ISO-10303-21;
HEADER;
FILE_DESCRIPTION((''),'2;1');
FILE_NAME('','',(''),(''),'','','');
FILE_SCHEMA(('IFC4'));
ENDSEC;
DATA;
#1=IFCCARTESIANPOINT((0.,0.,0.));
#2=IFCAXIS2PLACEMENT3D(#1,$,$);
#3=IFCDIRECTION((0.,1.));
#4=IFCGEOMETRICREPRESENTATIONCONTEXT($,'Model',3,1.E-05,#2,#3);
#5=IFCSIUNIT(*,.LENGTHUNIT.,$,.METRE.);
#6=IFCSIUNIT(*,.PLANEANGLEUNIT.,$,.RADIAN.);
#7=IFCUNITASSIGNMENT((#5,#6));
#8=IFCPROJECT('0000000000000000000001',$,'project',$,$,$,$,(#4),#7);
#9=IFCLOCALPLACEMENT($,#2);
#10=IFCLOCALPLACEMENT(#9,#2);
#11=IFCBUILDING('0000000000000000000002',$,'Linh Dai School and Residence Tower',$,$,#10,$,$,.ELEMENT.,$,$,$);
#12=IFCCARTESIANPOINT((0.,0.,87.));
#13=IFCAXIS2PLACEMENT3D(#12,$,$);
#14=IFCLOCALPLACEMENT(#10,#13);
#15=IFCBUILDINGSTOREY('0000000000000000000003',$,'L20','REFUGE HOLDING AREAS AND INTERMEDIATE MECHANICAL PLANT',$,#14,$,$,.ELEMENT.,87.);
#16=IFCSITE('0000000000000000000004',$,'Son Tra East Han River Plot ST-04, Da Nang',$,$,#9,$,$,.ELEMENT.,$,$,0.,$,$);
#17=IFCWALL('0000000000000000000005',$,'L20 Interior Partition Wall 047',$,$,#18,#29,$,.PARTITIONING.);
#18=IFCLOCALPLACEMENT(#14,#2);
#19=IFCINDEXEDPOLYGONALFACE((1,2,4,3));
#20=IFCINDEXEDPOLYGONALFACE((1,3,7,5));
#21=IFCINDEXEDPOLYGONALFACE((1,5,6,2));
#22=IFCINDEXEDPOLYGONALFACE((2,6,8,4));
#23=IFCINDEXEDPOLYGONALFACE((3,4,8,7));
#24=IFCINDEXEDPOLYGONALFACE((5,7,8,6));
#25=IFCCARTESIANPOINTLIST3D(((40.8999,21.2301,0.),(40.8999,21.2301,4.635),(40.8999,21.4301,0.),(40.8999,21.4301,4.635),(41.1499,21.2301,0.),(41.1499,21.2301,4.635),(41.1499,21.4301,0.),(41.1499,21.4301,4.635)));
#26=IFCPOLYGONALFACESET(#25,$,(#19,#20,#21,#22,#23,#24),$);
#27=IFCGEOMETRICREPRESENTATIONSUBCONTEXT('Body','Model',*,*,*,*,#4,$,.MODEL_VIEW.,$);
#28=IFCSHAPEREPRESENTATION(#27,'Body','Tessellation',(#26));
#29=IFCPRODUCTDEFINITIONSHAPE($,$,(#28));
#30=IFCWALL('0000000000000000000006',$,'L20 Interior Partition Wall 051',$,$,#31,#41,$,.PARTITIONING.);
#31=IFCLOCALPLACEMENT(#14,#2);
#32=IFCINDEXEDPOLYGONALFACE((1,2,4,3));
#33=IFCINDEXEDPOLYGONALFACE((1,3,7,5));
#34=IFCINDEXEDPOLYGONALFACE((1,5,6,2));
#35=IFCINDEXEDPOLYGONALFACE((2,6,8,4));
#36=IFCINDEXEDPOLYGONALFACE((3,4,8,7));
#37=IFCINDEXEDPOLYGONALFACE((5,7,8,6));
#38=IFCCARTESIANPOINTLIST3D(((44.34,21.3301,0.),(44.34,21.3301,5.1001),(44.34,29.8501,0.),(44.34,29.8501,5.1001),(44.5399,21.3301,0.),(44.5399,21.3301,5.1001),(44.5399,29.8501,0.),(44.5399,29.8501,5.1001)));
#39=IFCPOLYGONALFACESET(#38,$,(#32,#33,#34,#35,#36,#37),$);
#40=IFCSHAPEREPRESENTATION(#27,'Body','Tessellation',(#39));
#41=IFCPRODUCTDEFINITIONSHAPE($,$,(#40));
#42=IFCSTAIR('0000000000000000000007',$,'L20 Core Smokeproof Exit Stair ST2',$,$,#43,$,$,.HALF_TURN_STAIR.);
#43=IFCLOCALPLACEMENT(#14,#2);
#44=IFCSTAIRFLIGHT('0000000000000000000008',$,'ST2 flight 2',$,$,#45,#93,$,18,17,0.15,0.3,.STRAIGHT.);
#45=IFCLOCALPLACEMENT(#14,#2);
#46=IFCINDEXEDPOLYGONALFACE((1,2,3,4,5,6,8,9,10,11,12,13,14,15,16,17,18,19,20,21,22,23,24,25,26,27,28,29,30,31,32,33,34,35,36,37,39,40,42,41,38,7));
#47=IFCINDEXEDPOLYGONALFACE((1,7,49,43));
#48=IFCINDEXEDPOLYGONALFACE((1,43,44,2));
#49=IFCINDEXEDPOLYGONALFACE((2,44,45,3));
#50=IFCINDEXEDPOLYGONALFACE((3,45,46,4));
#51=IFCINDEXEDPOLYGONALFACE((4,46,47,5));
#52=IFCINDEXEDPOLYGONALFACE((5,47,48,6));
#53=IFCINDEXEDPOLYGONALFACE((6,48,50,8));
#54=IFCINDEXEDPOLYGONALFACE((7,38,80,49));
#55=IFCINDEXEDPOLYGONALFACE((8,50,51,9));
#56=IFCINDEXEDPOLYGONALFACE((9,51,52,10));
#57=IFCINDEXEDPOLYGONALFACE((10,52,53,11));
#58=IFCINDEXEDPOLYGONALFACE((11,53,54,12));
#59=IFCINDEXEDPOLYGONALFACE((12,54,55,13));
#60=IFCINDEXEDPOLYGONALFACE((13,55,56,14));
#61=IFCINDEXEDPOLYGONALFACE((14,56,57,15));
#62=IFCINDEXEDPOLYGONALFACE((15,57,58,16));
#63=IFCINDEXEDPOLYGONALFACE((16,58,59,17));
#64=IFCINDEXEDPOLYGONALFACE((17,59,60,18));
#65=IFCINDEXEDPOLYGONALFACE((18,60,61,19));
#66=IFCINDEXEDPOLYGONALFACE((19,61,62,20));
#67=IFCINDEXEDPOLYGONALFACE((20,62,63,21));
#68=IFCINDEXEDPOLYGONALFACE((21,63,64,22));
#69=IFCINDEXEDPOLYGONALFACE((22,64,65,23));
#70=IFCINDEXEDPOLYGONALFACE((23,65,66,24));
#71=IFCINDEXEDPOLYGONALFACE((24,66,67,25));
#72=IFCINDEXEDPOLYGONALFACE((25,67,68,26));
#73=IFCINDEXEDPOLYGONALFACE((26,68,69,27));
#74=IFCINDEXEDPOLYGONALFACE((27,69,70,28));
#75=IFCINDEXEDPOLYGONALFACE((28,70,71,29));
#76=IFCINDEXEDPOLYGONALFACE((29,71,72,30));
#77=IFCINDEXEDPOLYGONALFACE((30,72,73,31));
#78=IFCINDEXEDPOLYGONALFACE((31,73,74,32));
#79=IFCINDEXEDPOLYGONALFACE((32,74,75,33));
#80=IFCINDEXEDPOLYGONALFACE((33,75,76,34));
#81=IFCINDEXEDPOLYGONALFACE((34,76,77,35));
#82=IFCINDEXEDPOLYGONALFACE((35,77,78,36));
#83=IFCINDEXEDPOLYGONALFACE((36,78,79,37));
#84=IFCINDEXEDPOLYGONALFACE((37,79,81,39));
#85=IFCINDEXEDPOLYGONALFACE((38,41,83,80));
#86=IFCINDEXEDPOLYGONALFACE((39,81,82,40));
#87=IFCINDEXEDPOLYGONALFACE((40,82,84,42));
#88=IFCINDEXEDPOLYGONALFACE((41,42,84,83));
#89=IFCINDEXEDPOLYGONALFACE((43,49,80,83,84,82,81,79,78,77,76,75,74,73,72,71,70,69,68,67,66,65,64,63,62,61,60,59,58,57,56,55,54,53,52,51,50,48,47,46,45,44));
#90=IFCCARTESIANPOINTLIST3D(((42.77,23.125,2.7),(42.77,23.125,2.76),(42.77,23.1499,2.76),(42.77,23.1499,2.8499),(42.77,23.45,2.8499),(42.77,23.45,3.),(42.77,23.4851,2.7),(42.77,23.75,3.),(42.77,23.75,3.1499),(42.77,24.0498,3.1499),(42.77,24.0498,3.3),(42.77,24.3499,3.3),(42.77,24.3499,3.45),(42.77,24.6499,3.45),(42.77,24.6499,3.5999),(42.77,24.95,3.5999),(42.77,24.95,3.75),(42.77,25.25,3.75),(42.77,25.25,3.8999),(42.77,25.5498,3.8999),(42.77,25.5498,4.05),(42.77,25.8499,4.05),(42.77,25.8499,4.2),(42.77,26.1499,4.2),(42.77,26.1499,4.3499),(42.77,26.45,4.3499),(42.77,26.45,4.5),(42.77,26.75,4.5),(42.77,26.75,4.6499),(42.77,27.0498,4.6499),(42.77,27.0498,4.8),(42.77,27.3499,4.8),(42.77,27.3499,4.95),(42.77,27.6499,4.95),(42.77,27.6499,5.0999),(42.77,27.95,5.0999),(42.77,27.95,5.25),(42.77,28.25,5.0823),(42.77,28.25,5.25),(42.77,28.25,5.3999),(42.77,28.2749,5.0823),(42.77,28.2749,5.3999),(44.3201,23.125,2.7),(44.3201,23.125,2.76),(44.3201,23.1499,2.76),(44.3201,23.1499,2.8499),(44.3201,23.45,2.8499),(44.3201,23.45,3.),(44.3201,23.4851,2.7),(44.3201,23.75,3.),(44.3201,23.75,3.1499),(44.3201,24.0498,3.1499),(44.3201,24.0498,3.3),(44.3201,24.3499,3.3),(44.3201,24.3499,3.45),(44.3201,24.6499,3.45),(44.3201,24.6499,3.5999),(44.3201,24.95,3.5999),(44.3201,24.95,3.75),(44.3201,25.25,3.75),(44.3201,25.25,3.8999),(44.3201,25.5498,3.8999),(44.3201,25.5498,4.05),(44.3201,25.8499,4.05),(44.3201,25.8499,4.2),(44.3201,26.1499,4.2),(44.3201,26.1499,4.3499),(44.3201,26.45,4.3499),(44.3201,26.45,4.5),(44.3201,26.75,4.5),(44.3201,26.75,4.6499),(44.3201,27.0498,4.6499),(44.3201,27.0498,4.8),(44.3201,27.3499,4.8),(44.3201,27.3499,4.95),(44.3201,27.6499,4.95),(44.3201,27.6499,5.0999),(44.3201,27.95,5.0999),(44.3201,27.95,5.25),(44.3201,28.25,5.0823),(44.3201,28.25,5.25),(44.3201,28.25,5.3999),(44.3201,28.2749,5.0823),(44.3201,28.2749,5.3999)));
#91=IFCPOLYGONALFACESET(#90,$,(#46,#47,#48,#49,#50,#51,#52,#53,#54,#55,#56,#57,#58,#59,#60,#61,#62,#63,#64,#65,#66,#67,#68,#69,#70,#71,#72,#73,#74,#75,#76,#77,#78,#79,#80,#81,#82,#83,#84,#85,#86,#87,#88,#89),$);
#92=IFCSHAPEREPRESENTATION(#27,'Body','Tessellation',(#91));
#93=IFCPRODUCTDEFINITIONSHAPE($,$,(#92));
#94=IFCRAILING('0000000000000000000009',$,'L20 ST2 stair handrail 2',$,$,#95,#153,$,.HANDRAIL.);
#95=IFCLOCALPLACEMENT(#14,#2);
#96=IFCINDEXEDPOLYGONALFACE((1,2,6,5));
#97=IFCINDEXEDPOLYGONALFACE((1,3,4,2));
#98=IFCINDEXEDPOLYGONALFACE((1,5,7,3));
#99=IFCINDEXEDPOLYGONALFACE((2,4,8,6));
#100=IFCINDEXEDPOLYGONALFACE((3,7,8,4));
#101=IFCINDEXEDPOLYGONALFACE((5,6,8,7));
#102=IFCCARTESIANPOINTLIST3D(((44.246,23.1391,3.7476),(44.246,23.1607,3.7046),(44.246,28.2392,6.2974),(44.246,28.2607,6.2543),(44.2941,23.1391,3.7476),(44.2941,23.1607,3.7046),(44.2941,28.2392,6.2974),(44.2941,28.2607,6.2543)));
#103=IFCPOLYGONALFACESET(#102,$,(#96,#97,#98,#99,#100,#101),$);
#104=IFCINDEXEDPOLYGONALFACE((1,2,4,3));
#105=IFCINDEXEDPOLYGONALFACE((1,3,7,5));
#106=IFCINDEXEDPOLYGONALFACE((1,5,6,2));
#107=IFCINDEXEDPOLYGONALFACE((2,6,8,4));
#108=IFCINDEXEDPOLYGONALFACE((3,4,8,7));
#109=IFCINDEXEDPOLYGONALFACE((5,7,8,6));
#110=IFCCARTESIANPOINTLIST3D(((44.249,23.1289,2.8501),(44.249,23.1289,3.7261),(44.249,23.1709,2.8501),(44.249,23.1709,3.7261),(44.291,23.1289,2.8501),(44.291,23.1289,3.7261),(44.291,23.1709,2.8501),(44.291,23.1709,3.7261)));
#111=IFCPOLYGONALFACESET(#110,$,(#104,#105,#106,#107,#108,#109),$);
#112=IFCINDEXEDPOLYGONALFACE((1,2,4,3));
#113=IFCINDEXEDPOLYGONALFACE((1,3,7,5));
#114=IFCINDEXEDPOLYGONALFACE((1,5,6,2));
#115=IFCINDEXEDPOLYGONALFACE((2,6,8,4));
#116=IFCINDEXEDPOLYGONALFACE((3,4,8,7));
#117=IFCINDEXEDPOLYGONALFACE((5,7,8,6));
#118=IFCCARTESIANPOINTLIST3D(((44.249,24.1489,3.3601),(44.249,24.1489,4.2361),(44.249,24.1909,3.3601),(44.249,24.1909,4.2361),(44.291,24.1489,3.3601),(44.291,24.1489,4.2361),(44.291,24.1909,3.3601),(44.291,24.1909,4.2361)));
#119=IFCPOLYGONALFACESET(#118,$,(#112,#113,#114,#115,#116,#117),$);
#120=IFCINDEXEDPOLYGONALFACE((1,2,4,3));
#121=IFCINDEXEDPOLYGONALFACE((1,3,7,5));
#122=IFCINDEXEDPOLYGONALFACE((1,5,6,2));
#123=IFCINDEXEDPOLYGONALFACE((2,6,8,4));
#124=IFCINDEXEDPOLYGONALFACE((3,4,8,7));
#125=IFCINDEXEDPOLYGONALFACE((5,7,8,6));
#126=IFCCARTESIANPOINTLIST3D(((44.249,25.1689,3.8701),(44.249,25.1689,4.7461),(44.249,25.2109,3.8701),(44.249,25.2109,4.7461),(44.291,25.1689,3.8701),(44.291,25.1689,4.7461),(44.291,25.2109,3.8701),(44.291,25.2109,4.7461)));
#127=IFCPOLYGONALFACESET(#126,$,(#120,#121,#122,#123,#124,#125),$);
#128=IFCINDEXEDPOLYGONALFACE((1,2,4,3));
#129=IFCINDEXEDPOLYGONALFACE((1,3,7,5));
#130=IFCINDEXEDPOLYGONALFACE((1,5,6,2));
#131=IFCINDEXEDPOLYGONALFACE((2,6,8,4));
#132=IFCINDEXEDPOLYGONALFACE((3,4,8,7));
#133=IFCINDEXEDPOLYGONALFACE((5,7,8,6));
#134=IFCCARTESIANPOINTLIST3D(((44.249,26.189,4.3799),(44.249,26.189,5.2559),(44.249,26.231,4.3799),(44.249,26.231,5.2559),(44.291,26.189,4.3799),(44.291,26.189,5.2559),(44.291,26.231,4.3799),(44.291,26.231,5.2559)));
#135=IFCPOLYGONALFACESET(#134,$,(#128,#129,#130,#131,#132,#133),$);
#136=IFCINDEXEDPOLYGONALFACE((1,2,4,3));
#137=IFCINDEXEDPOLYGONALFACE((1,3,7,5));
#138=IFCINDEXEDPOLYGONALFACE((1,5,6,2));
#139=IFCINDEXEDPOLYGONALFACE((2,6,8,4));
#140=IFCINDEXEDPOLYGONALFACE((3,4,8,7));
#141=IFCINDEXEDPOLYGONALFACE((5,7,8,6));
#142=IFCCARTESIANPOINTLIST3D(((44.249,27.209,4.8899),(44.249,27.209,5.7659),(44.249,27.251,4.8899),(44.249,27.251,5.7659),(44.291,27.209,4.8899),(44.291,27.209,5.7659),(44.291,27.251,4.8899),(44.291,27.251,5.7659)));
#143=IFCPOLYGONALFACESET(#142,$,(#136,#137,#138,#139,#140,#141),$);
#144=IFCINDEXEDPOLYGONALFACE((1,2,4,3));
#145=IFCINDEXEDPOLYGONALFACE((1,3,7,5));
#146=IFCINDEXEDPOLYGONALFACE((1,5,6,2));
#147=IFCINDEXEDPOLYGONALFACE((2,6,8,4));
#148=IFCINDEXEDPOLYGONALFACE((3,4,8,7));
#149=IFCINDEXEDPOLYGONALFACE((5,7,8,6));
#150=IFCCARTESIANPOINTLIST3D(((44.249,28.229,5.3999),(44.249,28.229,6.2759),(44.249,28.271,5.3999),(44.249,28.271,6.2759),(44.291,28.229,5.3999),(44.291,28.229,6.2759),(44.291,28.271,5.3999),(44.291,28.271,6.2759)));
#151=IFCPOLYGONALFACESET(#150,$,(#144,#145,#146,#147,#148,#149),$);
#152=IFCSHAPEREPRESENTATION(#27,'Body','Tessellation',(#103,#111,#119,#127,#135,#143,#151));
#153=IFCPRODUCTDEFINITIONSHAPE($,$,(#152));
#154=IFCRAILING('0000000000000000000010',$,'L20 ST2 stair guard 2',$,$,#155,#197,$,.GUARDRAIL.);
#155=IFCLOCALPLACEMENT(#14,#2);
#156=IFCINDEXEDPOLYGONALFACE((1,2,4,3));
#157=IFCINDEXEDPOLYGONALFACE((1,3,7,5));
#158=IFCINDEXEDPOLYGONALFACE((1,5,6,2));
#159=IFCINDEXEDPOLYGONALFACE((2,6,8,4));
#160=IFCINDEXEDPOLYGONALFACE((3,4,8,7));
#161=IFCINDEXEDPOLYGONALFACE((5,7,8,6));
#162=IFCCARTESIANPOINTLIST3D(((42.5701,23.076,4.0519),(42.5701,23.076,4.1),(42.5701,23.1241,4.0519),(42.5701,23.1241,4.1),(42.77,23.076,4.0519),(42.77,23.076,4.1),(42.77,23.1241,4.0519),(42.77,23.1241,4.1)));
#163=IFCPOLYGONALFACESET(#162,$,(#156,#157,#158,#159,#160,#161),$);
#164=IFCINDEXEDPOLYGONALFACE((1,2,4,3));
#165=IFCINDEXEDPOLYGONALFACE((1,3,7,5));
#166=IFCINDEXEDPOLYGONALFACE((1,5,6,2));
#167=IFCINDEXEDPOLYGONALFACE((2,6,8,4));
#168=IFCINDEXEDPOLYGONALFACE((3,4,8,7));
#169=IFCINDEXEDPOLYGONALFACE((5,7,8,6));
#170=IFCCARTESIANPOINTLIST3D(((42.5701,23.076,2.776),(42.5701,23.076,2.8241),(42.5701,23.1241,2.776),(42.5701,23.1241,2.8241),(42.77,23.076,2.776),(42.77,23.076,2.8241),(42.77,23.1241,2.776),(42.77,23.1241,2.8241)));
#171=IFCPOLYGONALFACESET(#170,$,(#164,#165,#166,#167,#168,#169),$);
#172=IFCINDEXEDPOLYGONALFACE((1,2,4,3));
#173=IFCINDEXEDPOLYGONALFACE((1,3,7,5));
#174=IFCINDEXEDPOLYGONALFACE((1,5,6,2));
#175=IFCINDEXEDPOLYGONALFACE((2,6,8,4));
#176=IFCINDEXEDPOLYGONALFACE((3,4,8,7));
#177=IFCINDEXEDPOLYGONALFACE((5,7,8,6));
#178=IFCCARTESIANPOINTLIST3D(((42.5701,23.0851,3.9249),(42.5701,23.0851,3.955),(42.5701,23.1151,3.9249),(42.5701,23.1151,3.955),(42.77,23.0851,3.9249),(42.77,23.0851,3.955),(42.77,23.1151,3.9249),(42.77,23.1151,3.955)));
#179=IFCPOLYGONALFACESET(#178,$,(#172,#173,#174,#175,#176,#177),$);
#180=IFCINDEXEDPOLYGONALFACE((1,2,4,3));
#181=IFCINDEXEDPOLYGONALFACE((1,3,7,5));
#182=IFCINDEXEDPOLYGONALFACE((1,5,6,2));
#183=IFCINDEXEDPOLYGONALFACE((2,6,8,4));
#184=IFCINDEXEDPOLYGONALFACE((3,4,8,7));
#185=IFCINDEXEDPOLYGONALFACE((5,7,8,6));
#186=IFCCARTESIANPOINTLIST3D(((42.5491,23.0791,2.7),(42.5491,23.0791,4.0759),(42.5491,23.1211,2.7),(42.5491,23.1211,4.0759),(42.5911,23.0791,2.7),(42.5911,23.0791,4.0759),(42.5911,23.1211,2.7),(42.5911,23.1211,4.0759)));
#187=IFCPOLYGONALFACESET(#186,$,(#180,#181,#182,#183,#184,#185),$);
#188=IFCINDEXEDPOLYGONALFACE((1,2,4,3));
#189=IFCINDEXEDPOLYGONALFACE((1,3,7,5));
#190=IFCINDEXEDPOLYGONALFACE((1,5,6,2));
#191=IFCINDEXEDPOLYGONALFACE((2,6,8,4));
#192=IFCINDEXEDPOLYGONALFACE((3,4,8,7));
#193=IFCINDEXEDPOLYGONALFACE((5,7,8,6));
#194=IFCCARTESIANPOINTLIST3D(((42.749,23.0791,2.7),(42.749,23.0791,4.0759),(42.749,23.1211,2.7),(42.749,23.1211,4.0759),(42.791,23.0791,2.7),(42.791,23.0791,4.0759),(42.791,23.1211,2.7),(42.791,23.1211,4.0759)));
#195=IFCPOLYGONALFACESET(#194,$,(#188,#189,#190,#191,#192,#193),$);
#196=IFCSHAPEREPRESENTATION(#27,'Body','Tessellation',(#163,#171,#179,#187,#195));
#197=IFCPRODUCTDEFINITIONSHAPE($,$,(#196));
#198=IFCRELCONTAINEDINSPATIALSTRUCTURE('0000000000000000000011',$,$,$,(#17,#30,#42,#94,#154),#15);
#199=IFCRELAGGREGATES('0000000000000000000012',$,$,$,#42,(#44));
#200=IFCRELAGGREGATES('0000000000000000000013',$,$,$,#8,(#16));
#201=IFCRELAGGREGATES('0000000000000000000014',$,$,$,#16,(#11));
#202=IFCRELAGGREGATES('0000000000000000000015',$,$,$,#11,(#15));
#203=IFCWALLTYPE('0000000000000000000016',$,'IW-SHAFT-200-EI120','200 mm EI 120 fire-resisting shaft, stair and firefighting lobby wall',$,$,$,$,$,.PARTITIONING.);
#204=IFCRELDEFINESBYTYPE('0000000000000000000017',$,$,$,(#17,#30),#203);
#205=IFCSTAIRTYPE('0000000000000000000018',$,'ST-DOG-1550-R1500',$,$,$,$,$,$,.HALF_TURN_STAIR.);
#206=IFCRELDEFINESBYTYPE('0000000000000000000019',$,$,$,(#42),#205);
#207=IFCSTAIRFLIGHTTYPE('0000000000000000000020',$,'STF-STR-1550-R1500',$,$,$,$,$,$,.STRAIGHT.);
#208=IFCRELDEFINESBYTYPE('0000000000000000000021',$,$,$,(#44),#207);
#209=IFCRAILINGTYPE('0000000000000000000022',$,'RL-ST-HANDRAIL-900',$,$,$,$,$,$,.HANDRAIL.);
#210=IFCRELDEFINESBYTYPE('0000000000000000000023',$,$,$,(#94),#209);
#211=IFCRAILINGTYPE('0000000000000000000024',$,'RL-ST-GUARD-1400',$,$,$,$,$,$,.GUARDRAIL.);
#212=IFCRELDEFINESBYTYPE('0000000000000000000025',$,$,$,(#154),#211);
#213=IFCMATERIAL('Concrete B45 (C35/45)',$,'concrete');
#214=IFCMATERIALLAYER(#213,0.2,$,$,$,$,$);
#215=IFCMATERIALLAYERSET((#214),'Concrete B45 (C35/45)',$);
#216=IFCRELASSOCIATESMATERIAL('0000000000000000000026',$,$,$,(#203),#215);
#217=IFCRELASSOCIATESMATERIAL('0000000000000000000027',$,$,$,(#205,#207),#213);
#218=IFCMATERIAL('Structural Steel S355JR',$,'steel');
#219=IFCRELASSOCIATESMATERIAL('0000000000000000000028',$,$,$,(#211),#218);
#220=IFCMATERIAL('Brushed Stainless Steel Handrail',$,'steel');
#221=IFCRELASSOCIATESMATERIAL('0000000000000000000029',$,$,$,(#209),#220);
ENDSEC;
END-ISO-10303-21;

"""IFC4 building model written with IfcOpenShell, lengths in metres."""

from ifc_helpers import new_model, si_unit, direction, frame, frame_2d, origin, origin_2d, place, context, subcontext, project, spatial, polyline, rectangle, outline, extrude, source, transform, mapped, material, layer, layer_set, type_object, element, aggregate, save


model = new_model("IFC4")

# Units and contexts
model_context = context("Model", 3, precision=1e-05, world=origin(), true_north=direction((0.0, 1.0)))
body_context = subcontext(model_context, "Body", "Model", "MODEL_VIEW")
ifc_project = project(units=[si_unit("LENGTHUNIT", "METRE"), si_unit("PLANEANGLEUNIT", "RADIAN")], contexts=[model_context])

# Site, building, storey
site_placement = place(None, origin())
site = spatial("IfcSite", under=ifc_project, at=site_placement, Name="Son Tra East Han River Plot ST-04, Da Nang", CompositionType="ELEMENT", RefElevation=0.0)
building_placement = place(site_placement, origin())
building = spatial("IfcBuilding", under=site, at=building_placement, Name="Linh Dai School and Residence Tower", CompositionType="ELEMENT")
storey_placement = place(building_placement, frame((0.0, 0.0, 87.0)))
storey = spatial("IfcBuildingStorey", under=building, at=storey_placement, Name="L20", Description="REFUGE HOLDING AREAS AND INTERMEDIATE MECHANICAL PLANT", CompositionType="ELEMENT", Elevation=87.0)

# Shared definitions
ifc_material_1 = material(Name="Structural Steel S355JR", Category="steel")

# Walls
ifc_material_2 = material(Name="Concrete B45 (C35/45)", Category="concrete")
ifc_layer_1 = layer(ifc_material_2, 0.2)
ifc_layer_set_1 = layer_set([ifc_layer_1], Name="Concrete B45 (C35/45)")
wall_type_1 = type_object("IfcWallType", Name="IW-SHAFT-200-EI120", Description="200 mm EI 120 fire-resisting shaft, stair and firefighting lobby wall", PredefinedType="PARTITIONING", material=ifc_layer_set_1)
wall_1_placement = place(storey_placement, frame((40.8999, 21.3301, 0.0), z_axis=(0.0, 0.0, 1.0), x_axis=(1.0, 0.0, 0.0)))
element("IfcWall", 1, at=wall_1_placement, inside=storey, type_object=wall_type_1, Name="L20 Interior Partition Wall 047", PredefinedType="PARTITIONING", context=body_context, shape_type="SweptSolid", body=[
    extrude(rectangle(XDim=0.25, YDim=0.2, at=frame_2d((0.125, 0.0))), origin(), (0.0, 0.0, 1.0), 4.635),
])
wall_2_placement = place(storey_placement, frame((44.4399, 21.3301, 0.0), z_axis=(0.0, 0.0, 1.0), x_axis=(0.0, 1.0, 0.0)))
element("IfcWall", 2, at=wall_2_placement, inside=storey, type_object=wall_type_1, Name="L20 Interior Partition Wall 051", PredefinedType="PARTITIONING", context=body_context, shape_type="SweptSolid", body=[
    extrude(rectangle(XDim=8.52, YDim=0.2, at=frame_2d((4.26, 0.0))), origin(), (0.0, 0.0, 1.0), 5.1001),
])

# Stair, stair flight
stair_type = type_object("IfcStairType", Name="ST-DOG-1550-R1500", PredefinedType="HALF_TURN_STAIR", material=ifc_material_2)
stair_placement = place(storey_placement, origin())
stair = element("IfcStair", 3, at=stair_placement, inside=storey, type_object=stair_type, Name="L20 Core Smokeproof Exit Stair ST2", PredefinedType="HALF_TURN_STAIR")
stair_flight_type = type_object("IfcStairFlightType", Name="STF-STR-1550-R1500", PredefinedType="STRAIGHT", material=ifc_material_2)
shared_shape_1 = source(origin(), body_context, "Body", "SweptSolid", [
    extrude(outline(polyline([(-0.0249, 0.0), (-0.0249, 0.0601), (0.0, 0.0601), (0.0, 0.1499), (0.3, 0.1499), (0.3, 0.3), (0.6001, 0.3), (0.6001, 0.45), (0.8999, 0.45), (0.8999, 0.6001), (1.2, 0.6001), (1.2, 0.75), (1.5, 0.75), (1.5, 0.8999), (1.8, 0.8999), (1.8, 1.05), (2.1001, 1.05), (2.1001, 1.2), (2.3999, 1.2), (2.3999, 1.3501), (2.7, 1.3501), (2.7, 1.5), (3.0, 1.5), (3.0, 1.6499), (3.3, 1.6499), (3.3, 1.8), (3.6001, 1.8), (3.6001, 1.95), (3.8999, 1.95), (3.8999, 2.1001), (4.2, 2.1001), (4.2, 2.25), (4.5, 2.25), (4.5, 2.3999), (4.8, 2.3999), (4.8, 2.55), (5.1001, 2.55), (5.1001, 2.7), (5.125, 2.7), (5.125, 2.3823), (5.1001, 2.3823), (0.3352, 0.0), (-0.0249, 0.0)])), frame((0.0, 0.7749, 0.0), z_axis=(0.0, -1.0, 0.0), x_axis=(1.0, 0.0, 0.0)), (0.0, 0.0, 1.0), 1.55),
])
stair_flight_placement = place(storey_placement, frame((43.5449, 23.1499, 2.7), z_axis=(0.0, 0.0, 1.0), x_axis=(0.0, 1.0, 0.0)))
stair_flight = element("IfcStairFlight", 4, at=stair_flight_placement, type_object=stair_flight_type, Name="ST2 flight 2", NumberOfRisers=18, NumberOfTreads=17, PredefinedType="STRAIGHT", RiserHeight=0.15, TreadLength=0.3, context=body_context, shape_type="MappedRepresentation", body=[
    mapped(shared_shape_1, transform((0.0, 0.0, 0.0), x_axis=(1.0, 0.0, 0.0), y_axis=(0.0, 1.0, 0.0), z_axis=(0.0, 0.0, 1.0), scale=1.0)),
])
aggregate(stair, [stair_flight])

# Railings
railing_type_1 = type_object("IfcRailingType", Name="RL-ST-GUARD-1400", PredefinedType="GUARDRAIL", material=ifc_material_1)
ifc_material_3 = material(Name="Brushed Stainless Steel Handrail", Category="steel")
railing_type_2 = type_object("IfcRailingType", Name="RL-ST-HANDRAIL-900", PredefinedType="HANDRAIL", material=ifc_material_3)
shared_shape_2 = source(origin(), body_context, "Body", "SweptSolid", [
    extrude(rectangle(XDim=0.0481, YDim=0.0481, at=origin_2d()), frame((0.0, 0.0, 0.876), z_axis=(0.0, 0.894444, 0.447179), x_axis=(-1.0, 0.0, 0.0)), (0.0, 0.0, 1.0), 5.7019),
    extrude(rectangle(XDim=0.042, YDim=0.042, at=origin_2d()), origin(), (0.0, 0.0, 1.0), 0.876),
    extrude(rectangle(XDim=0.042, YDim=0.042, at=origin_2d()), frame((0.0, 1.02, 0.51)), (0.0, 0.0, 1.0), 0.876),
    extrude(rectangle(XDim=0.042, YDim=0.042, at=origin_2d()), frame((0.0, 2.04, 1.02)), (0.0, 0.0, 1.0), 0.876),
    extrude(rectangle(XDim=0.042, YDim=0.042, at=origin_2d()), frame((0.0, 3.0601, 1.5298)), (0.0, 0.0, 1.0), 0.876),
    extrude(rectangle(XDim=0.042, YDim=0.042, at=origin_2d()), frame((0.0, 4.0801, 2.0398)), (0.0, 0.0, 1.0), 0.876),
    extrude(rectangle(XDim=0.042, YDim=0.042, at=origin_2d()), frame((0.0, 5.1001, 2.5498)), (0.0, 0.0, 1.0), 0.876),
])
railing_1_placement = place(storey_placement, frame((44.27, 23.1499, 2.8501)))
element("IfcRailing", 5, at=railing_1_placement, inside=storey, type_object=railing_type_2, Name="L20 ST2 stair handrail 2", PredefinedType="HANDRAIL", context=body_context, shape_type="MappedRepresentation", body=[
    mapped(shared_shape_2, transform((0.0, 0.0, 0.0), x_axis=(1.0, 0.0, 0.0), y_axis=(0.0, 1.0, 0.0), z_axis=(0.0, 0.0, 1.0), scale=1.0)),
])
shared_shape_3 = source(origin(), body_context, "Body", "SweptSolid", [
    extrude(rectangle(XDim=0.0481, YDim=0.0481, at=origin_2d()), frame((0.0, 0.0, 1.376), z_axis=(1.0, 0.0, 0.0), x_axis=(0.0, 1.0, 0.0)), (0.0, 0.0, 1.0), 0.2),
    extrude(rectangle(XDim=0.0481, YDim=0.0481, at=origin_2d()), frame((0.0, 0.0, 0.1001), z_axis=(1.0, 0.0, 0.0), x_axis=(0.0, 1.0, 0.0)), (0.0, 0.0, 1.0), 0.2),
    extrude(rectangle(XDim=0.03, YDim=0.03, at=origin_2d()), frame((0.0, 0.0, 1.24), z_axis=(1.0, 0.0, 0.0), x_axis=(0.0, 1.0, 0.0)), (0.0, 0.0, 1.0), 0.2),
    extrude(rectangle(XDim=0.042, YDim=0.042, at=origin_2d()), origin(), (0.0, 0.0, 1.0), 1.376),
    extrude(rectangle(XDim=0.042, YDim=0.042, at=origin_2d()), frame((0.2, 0.0, 0.0)), (0.0, 0.0, 1.0), 1.376),
])
railing_2_placement = place(storey_placement, frame((42.5701, 23.1001, 2.7)))
element("IfcRailing", 6, at=railing_2_placement, inside=storey, type_object=railing_type_1, Name="L20 ST2 stair guard 2", PredefinedType="GUARDRAIL", context=body_context, shape_type="MappedRepresentation", body=[
    mapped(shared_shape_3, transform((0.0, 0.0, 0.0), x_axis=(1.0, 0.0, 0.0), y_axis=(0.0, 1.0, 0.0), z_axis=(0.0, 0.0, 1.0), scale=1.0)),
])

save(model, "model.ifc")
